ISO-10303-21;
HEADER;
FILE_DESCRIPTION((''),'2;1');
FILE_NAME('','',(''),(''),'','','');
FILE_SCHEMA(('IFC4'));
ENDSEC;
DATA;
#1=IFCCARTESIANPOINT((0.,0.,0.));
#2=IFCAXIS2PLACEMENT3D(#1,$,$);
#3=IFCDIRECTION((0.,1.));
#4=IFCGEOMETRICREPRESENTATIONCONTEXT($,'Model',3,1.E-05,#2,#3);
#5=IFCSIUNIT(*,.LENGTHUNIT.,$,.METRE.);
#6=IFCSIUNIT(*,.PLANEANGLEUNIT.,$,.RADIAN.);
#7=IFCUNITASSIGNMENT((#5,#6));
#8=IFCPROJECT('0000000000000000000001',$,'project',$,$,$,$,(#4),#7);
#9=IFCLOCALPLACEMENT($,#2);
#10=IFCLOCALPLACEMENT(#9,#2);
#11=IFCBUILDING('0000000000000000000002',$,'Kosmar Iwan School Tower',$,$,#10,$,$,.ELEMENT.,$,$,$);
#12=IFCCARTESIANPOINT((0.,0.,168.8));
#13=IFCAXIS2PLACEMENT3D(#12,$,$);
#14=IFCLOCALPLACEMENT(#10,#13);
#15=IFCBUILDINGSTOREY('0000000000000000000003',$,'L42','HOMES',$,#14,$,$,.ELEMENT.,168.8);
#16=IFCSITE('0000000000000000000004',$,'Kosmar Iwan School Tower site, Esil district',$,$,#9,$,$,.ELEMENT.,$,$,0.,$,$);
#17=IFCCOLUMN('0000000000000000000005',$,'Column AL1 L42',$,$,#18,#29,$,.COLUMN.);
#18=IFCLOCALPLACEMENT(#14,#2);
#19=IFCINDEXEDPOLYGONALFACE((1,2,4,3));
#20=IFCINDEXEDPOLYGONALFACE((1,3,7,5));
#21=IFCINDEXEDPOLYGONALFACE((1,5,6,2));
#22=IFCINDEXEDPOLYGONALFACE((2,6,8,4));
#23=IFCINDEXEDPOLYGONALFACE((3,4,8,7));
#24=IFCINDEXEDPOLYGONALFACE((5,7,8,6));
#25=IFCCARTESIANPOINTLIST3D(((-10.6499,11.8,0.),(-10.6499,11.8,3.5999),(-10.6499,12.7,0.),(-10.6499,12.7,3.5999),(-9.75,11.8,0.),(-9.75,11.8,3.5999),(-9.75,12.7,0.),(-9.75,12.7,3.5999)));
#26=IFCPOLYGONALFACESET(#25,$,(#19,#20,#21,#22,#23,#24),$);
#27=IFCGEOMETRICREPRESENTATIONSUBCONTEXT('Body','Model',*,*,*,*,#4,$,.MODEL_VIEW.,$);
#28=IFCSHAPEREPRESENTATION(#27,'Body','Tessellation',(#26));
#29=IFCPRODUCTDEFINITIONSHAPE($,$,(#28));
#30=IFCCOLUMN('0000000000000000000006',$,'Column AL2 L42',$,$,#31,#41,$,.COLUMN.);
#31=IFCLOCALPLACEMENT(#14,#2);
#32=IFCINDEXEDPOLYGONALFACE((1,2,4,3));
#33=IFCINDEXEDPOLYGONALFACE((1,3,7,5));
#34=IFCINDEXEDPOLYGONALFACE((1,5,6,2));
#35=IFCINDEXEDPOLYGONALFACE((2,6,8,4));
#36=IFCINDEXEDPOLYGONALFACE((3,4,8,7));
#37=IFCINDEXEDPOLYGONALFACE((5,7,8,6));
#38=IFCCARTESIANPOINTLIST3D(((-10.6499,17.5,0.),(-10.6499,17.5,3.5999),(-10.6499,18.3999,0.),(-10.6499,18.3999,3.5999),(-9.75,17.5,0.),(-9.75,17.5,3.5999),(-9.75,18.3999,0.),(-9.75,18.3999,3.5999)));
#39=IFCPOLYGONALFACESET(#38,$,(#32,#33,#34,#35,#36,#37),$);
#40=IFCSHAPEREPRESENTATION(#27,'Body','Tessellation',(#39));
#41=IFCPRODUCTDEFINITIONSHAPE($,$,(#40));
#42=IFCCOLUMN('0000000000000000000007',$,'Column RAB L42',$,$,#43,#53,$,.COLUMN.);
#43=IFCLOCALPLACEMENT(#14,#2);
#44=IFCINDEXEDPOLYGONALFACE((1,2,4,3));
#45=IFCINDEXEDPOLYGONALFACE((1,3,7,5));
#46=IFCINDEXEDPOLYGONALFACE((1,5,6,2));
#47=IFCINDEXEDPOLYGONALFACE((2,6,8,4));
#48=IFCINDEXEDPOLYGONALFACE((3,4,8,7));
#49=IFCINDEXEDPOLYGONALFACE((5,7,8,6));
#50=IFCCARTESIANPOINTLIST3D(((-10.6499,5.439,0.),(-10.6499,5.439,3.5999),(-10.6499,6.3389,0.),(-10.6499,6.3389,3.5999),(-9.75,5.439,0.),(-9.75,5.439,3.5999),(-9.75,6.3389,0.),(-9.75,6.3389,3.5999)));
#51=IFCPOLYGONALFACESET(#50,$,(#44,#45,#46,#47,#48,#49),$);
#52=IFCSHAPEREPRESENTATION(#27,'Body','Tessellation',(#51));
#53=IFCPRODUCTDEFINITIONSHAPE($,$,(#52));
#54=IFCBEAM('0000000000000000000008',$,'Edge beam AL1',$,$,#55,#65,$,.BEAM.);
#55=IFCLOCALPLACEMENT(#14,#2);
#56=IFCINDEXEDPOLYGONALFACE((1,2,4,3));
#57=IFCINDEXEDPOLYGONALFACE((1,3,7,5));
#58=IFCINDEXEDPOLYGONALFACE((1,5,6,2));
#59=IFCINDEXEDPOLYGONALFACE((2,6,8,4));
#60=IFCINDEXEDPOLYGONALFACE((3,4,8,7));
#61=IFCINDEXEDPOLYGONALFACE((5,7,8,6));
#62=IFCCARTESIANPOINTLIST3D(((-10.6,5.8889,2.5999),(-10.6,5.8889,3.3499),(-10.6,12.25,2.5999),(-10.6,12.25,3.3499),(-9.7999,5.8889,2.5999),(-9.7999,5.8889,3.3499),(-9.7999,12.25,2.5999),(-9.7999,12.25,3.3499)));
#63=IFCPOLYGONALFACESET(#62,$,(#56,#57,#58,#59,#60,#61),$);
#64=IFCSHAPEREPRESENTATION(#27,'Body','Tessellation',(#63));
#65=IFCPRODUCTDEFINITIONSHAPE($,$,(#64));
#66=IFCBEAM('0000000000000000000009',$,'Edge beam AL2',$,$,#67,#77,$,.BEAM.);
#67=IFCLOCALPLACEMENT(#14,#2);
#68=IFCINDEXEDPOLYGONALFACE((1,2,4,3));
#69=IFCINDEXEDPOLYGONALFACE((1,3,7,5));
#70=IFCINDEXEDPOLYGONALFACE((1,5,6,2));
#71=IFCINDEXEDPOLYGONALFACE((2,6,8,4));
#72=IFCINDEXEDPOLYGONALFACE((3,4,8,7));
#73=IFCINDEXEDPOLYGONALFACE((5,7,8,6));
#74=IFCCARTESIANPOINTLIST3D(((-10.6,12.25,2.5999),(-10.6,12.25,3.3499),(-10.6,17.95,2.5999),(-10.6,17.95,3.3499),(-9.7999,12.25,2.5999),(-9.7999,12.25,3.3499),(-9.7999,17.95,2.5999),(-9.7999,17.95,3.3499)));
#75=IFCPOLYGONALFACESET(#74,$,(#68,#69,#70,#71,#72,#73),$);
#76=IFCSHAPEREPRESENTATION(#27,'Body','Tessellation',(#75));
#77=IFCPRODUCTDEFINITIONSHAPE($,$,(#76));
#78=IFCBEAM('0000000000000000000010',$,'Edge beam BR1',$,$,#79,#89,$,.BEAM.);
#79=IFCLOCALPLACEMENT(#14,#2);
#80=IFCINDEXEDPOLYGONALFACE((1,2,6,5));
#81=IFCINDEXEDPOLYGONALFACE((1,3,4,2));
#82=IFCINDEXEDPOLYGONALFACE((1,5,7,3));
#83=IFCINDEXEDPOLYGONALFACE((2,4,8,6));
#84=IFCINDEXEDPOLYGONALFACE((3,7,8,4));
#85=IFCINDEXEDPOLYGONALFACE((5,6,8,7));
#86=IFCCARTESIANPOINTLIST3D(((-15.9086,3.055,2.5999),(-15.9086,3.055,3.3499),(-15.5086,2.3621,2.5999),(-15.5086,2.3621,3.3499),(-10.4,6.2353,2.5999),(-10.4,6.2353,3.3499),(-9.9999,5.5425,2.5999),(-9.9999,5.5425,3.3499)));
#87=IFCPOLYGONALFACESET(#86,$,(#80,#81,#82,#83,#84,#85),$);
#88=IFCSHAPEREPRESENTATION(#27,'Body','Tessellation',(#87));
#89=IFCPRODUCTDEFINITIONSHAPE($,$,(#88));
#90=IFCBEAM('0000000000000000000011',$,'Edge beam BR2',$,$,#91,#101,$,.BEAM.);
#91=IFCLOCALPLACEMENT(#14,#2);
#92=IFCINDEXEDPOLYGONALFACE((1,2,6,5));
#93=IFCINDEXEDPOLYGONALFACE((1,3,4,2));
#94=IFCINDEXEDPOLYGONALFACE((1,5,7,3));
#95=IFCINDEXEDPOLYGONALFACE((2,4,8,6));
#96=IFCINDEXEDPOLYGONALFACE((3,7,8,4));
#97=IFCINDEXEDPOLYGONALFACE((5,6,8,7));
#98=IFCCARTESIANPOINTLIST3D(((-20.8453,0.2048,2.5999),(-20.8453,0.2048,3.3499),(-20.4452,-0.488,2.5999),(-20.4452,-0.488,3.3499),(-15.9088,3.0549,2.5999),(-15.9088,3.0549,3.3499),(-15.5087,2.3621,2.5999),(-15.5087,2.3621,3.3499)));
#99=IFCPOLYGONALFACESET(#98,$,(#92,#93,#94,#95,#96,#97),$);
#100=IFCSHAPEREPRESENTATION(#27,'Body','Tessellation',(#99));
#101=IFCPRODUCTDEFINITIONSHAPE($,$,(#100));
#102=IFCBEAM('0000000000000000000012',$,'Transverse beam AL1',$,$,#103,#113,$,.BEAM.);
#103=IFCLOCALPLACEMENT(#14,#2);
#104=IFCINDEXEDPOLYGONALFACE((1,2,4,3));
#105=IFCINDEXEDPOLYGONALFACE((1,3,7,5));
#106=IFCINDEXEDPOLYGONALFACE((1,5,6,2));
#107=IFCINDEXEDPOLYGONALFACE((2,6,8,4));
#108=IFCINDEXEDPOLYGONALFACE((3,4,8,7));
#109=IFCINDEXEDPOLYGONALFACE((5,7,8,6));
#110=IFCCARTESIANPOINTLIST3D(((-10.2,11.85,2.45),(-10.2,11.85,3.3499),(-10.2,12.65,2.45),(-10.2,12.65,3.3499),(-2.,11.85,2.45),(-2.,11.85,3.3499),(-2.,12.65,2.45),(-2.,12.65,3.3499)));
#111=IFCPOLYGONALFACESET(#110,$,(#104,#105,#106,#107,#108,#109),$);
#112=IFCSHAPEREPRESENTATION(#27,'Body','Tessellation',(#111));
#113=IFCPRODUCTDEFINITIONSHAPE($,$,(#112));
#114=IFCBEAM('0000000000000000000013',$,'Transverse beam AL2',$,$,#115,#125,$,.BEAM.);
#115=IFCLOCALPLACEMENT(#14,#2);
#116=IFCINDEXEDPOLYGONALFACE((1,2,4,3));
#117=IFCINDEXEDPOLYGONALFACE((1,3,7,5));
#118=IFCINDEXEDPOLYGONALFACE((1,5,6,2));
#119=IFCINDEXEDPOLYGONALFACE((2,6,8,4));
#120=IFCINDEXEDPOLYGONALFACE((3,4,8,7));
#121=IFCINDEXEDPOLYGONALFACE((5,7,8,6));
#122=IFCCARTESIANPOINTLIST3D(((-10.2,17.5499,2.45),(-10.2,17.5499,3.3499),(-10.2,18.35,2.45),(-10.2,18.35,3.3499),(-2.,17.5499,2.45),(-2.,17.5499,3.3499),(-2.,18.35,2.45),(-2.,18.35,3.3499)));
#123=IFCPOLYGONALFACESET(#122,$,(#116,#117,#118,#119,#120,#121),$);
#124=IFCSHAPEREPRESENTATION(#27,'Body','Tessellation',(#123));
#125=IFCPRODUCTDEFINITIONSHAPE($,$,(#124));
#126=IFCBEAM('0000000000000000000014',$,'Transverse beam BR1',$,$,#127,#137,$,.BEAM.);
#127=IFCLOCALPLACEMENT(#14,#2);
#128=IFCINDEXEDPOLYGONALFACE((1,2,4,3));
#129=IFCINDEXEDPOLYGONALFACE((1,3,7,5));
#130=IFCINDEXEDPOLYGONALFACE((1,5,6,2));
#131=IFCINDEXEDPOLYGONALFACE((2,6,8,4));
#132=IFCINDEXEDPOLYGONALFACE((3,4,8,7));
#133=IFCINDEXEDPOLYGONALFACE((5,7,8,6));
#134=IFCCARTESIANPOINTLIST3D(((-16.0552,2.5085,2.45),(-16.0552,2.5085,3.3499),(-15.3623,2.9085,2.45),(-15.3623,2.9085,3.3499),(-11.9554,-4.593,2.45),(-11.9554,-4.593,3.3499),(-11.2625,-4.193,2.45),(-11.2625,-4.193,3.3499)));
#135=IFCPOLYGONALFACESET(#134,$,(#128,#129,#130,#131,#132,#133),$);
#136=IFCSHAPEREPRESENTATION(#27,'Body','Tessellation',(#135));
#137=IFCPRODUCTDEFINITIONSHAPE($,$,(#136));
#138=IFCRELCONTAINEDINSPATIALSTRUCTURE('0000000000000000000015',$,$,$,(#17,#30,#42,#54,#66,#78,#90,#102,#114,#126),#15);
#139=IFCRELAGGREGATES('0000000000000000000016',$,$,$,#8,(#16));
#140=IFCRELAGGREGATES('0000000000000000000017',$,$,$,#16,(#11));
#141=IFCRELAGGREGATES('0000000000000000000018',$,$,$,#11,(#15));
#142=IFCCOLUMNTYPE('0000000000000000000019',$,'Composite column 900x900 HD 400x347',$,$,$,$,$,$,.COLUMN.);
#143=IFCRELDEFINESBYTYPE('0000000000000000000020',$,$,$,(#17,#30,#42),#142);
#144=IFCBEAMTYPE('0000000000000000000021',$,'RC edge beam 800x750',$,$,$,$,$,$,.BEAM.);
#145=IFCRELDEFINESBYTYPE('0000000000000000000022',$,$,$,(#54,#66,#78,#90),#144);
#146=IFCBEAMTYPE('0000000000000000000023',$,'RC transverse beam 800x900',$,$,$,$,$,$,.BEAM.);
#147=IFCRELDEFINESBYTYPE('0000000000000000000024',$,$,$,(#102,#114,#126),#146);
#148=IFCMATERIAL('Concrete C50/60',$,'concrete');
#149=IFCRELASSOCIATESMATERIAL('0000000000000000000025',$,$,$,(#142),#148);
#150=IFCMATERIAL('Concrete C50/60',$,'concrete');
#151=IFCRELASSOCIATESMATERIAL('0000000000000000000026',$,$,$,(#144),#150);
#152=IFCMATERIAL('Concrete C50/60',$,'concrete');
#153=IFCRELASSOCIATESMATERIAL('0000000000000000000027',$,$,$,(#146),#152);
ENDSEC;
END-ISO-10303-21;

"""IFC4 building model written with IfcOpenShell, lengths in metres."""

from ifc_helpers import new_model, si_unit, direction, frame, origin, origin_2d, place, context, subcontext, project, spatial, rectangle, extrude, material, material_profile, profile_set, type_object, element, save


model = new_model("IFC4")

# Units and contexts
model_context = context("Model", 3, precision=1e-05, world=origin(), true_north=direction((0.0, 1.0)))
body_context = subcontext(model_context, "Body", "Model", "MODEL_VIEW")
ifc_project = project(units=[si_unit("LENGTHUNIT", "METRE"), si_unit("PLANEANGLEUNIT", "RADIAN")], contexts=[model_context])

# Site, building, storey
site_placement = place(None, origin())
site = spatial("IfcSite", under=ifc_project, at=site_placement, Name="Kosmar Iwan School Tower site, Esil district", CompositionType="ELEMENT", RefElevation=0.0)
building_placement = place(site_placement, origin())
building = spatial("IfcBuilding", under=site, at=building_placement, Name="Kosmar Iwan School Tower", CompositionType="ELEMENT")
storey_placement = place(building_placement, frame((0.0, 0.0, 168.8)))
storey = spatial("IfcBuildingStorey", under=building, at=storey_placement, Name="L42", Description="HOMES", CompositionType="ELEMENT", Elevation=168.8)

# Columns
ifc_material_1 = material(Name="Concrete C50/60", Category="concrete")
ifc_material_profile_1 = material_profile(ifc_material_1, rectangle(XDim=0.8999, YDim=0.8999, at=origin_2d()), Name="RC 900x900 + HD 400x347")
ifc_profile_set_1 = profile_set([ifc_material_profile_1], Name="Concrete C50/60")
column_type = type_object("IfcColumnType", Name="Composite column 900x900 HD 400x347", PredefinedType="COLUMN", material=ifc_profile_set_1)
for number, where, z_axis, x_axis, name in (
    (1, (-10.2, 12.25, 0.0), (0.0, 0.0, 1.0), (0.0, 1.0, 0.0), "Column AL1 L42"),
    (2, (-10.2, 17.95, 0.0), (0.0, 0.0, 1.0), (0.0, 1.0, 0.0), "Column AL2 L42"),
    (3, (-10.2, 5.8889, 0.0), (0.0, 0.0, 1.0), (1.0, 0.0, 0.0), "Column RAB L42"),
):
    element("IfcColumn", number, at=place(storey_placement, frame(where, z_axis=z_axis, x_axis=x_axis)), inside=storey, type_object=column_type, Name=name, PredefinedType="COLUMN", context=body_context, shape_type="SweptSolid", body=[
        extrude(rectangle(XDim=0.8999, YDim=0.8999, at=origin_2d()), origin(), (0.0, 0.0, 1.0), 3.5999),
    ])

# Beams
ifc_material_2 = material(Name="Concrete C50/60", Category="concrete")
ifc_material_profile_2 = material_profile(ifc_material_2, rectangle(XDim=0.8, YDim=0.75, at=origin_2d()), Name="RC 800x750")
ifc_profile_set_2 = profile_set([ifc_material_profile_2], Name="Concrete C50/60")
beam_type_1 = type_object("IfcBeamType", Name="RC edge beam 800x750", PredefinedType="BEAM", material=ifc_profile_set_2)
beam_1_placement = place(storey_placement, frame((-10.2, 5.8889, 2.9749), z_axis=(0.0, 1.0, 0.0), x_axis=(-1.0, 0.0, 0.0)))
element("IfcBeam", 4, at=beam_1_placement, inside=storey, type_object=beam_type_1, Name="Edge beam AL1", PredefinedType="BEAM", context=body_context, shape_type="SweptSolid", body=[
    extrude(rectangle(XDim=0.8, YDim=0.75, at=origin_2d()), origin(), (0.0, 0.0, 1.0), 6.3611),
])
beam_2_placement = place(storey_placement, frame((-10.2, 12.25, 2.9749), z_axis=(0.0, 1.0, 0.0), x_axis=(-1.0, 0.0, 0.0)))
element("IfcBeam", 5, at=beam_2_placement, inside=storey, type_object=beam_type_1, Name="Edge beam AL2", PredefinedType="BEAM", context=body_context, shape_type="SweptSolid", body=[
    extrude(rectangle(XDim=0.8, YDim=0.75, at=origin_2d()), origin(), (0.0, 0.0, 1.0), 5.7),
])
beam_3_placement = place(storey_placement, frame((-10.2, 5.8889, 2.9749), z_axis=(-0.866031, -0.49999, 0.0), x_axis=(0.49999, -0.866031, 0.0)))
element("IfcBeam", 6, at=beam_3_placement, inside=storey, type_object=beam_type_1, Name="Edge beam BR1", PredefinedType="BEAM", context=body_context, shape_type="SweptSolid", body=[
    extrude(rectangle(XDim=0.8, YDim=0.75, at=origin_2d()), origin(), (0.0, 0.0, 1.0), 6.3608),
])
beam_4_placement = place(storey_placement, frame((-15.7087, 2.7085, 2.9749), z_axis=(-0.866026, -0.499999, 0.0), x_axis=(0.499999, -0.866026, 0.0)))
element("IfcBeam", 7, at=beam_4_placement, inside=storey, type_object=beam_type_1, Name="Edge beam BR2", PredefinedType="BEAM", context=body_context, shape_type="SweptSolid", body=[
    extrude(rectangle(XDim=0.8, YDim=0.75, at=origin_2d()), origin(), (0.0, 0.0, 1.0), 5.7002),
])
ifc_material_3 = material(Name="Concrete C50/60", Category="concrete")
ifc_material_profile_3 = material_profile(ifc_material_3, rectangle(XDim=0.8, YDim=0.8999, at=origin_2d()), Name="RC 800x900")
ifc_profile_set_3 = profile_set([ifc_material_profile_3], Name="Concrete C50/60")
beam_type_2 = type_object("IfcBeamType", Name="RC transverse beam 800x900", PredefinedType="BEAM", material=ifc_profile_set_3)
for number, where, z_axis, x_axis, name in (
    (8, (-10.2, 12.25, 2.8999), (1.0, 0.0, 0.0), (0.0, 1.0, 0.0), "Transverse beam AL1"),
    (9, (-10.2, 17.95, 2.8999), (1.0, 0.0, 0.0), (0.0, 1.0, 0.0), "Transverse beam AL2"),
    (10, (-15.7087, 2.7085, 2.8999), (0.499978, -0.866038, 0.0), (0.866038, 0.499978, 0.0), "Transverse beam BR1"),
):
    element("IfcBeam", number, at=place(storey_placement, frame(where, z_axis=z_axis, x_axis=x_axis)), inside=storey, type_object=beam_type_2, Name=name, PredefinedType="BEAM", context=body_context, shape_type="SweptSolid", body=[
        extrude(rectangle(XDim=0.8, YDim=0.8999, at=origin_2d()), origin(), (0.0, 0.0, 1.0), 8.2),
    ])

save(model, "model.ifc")
